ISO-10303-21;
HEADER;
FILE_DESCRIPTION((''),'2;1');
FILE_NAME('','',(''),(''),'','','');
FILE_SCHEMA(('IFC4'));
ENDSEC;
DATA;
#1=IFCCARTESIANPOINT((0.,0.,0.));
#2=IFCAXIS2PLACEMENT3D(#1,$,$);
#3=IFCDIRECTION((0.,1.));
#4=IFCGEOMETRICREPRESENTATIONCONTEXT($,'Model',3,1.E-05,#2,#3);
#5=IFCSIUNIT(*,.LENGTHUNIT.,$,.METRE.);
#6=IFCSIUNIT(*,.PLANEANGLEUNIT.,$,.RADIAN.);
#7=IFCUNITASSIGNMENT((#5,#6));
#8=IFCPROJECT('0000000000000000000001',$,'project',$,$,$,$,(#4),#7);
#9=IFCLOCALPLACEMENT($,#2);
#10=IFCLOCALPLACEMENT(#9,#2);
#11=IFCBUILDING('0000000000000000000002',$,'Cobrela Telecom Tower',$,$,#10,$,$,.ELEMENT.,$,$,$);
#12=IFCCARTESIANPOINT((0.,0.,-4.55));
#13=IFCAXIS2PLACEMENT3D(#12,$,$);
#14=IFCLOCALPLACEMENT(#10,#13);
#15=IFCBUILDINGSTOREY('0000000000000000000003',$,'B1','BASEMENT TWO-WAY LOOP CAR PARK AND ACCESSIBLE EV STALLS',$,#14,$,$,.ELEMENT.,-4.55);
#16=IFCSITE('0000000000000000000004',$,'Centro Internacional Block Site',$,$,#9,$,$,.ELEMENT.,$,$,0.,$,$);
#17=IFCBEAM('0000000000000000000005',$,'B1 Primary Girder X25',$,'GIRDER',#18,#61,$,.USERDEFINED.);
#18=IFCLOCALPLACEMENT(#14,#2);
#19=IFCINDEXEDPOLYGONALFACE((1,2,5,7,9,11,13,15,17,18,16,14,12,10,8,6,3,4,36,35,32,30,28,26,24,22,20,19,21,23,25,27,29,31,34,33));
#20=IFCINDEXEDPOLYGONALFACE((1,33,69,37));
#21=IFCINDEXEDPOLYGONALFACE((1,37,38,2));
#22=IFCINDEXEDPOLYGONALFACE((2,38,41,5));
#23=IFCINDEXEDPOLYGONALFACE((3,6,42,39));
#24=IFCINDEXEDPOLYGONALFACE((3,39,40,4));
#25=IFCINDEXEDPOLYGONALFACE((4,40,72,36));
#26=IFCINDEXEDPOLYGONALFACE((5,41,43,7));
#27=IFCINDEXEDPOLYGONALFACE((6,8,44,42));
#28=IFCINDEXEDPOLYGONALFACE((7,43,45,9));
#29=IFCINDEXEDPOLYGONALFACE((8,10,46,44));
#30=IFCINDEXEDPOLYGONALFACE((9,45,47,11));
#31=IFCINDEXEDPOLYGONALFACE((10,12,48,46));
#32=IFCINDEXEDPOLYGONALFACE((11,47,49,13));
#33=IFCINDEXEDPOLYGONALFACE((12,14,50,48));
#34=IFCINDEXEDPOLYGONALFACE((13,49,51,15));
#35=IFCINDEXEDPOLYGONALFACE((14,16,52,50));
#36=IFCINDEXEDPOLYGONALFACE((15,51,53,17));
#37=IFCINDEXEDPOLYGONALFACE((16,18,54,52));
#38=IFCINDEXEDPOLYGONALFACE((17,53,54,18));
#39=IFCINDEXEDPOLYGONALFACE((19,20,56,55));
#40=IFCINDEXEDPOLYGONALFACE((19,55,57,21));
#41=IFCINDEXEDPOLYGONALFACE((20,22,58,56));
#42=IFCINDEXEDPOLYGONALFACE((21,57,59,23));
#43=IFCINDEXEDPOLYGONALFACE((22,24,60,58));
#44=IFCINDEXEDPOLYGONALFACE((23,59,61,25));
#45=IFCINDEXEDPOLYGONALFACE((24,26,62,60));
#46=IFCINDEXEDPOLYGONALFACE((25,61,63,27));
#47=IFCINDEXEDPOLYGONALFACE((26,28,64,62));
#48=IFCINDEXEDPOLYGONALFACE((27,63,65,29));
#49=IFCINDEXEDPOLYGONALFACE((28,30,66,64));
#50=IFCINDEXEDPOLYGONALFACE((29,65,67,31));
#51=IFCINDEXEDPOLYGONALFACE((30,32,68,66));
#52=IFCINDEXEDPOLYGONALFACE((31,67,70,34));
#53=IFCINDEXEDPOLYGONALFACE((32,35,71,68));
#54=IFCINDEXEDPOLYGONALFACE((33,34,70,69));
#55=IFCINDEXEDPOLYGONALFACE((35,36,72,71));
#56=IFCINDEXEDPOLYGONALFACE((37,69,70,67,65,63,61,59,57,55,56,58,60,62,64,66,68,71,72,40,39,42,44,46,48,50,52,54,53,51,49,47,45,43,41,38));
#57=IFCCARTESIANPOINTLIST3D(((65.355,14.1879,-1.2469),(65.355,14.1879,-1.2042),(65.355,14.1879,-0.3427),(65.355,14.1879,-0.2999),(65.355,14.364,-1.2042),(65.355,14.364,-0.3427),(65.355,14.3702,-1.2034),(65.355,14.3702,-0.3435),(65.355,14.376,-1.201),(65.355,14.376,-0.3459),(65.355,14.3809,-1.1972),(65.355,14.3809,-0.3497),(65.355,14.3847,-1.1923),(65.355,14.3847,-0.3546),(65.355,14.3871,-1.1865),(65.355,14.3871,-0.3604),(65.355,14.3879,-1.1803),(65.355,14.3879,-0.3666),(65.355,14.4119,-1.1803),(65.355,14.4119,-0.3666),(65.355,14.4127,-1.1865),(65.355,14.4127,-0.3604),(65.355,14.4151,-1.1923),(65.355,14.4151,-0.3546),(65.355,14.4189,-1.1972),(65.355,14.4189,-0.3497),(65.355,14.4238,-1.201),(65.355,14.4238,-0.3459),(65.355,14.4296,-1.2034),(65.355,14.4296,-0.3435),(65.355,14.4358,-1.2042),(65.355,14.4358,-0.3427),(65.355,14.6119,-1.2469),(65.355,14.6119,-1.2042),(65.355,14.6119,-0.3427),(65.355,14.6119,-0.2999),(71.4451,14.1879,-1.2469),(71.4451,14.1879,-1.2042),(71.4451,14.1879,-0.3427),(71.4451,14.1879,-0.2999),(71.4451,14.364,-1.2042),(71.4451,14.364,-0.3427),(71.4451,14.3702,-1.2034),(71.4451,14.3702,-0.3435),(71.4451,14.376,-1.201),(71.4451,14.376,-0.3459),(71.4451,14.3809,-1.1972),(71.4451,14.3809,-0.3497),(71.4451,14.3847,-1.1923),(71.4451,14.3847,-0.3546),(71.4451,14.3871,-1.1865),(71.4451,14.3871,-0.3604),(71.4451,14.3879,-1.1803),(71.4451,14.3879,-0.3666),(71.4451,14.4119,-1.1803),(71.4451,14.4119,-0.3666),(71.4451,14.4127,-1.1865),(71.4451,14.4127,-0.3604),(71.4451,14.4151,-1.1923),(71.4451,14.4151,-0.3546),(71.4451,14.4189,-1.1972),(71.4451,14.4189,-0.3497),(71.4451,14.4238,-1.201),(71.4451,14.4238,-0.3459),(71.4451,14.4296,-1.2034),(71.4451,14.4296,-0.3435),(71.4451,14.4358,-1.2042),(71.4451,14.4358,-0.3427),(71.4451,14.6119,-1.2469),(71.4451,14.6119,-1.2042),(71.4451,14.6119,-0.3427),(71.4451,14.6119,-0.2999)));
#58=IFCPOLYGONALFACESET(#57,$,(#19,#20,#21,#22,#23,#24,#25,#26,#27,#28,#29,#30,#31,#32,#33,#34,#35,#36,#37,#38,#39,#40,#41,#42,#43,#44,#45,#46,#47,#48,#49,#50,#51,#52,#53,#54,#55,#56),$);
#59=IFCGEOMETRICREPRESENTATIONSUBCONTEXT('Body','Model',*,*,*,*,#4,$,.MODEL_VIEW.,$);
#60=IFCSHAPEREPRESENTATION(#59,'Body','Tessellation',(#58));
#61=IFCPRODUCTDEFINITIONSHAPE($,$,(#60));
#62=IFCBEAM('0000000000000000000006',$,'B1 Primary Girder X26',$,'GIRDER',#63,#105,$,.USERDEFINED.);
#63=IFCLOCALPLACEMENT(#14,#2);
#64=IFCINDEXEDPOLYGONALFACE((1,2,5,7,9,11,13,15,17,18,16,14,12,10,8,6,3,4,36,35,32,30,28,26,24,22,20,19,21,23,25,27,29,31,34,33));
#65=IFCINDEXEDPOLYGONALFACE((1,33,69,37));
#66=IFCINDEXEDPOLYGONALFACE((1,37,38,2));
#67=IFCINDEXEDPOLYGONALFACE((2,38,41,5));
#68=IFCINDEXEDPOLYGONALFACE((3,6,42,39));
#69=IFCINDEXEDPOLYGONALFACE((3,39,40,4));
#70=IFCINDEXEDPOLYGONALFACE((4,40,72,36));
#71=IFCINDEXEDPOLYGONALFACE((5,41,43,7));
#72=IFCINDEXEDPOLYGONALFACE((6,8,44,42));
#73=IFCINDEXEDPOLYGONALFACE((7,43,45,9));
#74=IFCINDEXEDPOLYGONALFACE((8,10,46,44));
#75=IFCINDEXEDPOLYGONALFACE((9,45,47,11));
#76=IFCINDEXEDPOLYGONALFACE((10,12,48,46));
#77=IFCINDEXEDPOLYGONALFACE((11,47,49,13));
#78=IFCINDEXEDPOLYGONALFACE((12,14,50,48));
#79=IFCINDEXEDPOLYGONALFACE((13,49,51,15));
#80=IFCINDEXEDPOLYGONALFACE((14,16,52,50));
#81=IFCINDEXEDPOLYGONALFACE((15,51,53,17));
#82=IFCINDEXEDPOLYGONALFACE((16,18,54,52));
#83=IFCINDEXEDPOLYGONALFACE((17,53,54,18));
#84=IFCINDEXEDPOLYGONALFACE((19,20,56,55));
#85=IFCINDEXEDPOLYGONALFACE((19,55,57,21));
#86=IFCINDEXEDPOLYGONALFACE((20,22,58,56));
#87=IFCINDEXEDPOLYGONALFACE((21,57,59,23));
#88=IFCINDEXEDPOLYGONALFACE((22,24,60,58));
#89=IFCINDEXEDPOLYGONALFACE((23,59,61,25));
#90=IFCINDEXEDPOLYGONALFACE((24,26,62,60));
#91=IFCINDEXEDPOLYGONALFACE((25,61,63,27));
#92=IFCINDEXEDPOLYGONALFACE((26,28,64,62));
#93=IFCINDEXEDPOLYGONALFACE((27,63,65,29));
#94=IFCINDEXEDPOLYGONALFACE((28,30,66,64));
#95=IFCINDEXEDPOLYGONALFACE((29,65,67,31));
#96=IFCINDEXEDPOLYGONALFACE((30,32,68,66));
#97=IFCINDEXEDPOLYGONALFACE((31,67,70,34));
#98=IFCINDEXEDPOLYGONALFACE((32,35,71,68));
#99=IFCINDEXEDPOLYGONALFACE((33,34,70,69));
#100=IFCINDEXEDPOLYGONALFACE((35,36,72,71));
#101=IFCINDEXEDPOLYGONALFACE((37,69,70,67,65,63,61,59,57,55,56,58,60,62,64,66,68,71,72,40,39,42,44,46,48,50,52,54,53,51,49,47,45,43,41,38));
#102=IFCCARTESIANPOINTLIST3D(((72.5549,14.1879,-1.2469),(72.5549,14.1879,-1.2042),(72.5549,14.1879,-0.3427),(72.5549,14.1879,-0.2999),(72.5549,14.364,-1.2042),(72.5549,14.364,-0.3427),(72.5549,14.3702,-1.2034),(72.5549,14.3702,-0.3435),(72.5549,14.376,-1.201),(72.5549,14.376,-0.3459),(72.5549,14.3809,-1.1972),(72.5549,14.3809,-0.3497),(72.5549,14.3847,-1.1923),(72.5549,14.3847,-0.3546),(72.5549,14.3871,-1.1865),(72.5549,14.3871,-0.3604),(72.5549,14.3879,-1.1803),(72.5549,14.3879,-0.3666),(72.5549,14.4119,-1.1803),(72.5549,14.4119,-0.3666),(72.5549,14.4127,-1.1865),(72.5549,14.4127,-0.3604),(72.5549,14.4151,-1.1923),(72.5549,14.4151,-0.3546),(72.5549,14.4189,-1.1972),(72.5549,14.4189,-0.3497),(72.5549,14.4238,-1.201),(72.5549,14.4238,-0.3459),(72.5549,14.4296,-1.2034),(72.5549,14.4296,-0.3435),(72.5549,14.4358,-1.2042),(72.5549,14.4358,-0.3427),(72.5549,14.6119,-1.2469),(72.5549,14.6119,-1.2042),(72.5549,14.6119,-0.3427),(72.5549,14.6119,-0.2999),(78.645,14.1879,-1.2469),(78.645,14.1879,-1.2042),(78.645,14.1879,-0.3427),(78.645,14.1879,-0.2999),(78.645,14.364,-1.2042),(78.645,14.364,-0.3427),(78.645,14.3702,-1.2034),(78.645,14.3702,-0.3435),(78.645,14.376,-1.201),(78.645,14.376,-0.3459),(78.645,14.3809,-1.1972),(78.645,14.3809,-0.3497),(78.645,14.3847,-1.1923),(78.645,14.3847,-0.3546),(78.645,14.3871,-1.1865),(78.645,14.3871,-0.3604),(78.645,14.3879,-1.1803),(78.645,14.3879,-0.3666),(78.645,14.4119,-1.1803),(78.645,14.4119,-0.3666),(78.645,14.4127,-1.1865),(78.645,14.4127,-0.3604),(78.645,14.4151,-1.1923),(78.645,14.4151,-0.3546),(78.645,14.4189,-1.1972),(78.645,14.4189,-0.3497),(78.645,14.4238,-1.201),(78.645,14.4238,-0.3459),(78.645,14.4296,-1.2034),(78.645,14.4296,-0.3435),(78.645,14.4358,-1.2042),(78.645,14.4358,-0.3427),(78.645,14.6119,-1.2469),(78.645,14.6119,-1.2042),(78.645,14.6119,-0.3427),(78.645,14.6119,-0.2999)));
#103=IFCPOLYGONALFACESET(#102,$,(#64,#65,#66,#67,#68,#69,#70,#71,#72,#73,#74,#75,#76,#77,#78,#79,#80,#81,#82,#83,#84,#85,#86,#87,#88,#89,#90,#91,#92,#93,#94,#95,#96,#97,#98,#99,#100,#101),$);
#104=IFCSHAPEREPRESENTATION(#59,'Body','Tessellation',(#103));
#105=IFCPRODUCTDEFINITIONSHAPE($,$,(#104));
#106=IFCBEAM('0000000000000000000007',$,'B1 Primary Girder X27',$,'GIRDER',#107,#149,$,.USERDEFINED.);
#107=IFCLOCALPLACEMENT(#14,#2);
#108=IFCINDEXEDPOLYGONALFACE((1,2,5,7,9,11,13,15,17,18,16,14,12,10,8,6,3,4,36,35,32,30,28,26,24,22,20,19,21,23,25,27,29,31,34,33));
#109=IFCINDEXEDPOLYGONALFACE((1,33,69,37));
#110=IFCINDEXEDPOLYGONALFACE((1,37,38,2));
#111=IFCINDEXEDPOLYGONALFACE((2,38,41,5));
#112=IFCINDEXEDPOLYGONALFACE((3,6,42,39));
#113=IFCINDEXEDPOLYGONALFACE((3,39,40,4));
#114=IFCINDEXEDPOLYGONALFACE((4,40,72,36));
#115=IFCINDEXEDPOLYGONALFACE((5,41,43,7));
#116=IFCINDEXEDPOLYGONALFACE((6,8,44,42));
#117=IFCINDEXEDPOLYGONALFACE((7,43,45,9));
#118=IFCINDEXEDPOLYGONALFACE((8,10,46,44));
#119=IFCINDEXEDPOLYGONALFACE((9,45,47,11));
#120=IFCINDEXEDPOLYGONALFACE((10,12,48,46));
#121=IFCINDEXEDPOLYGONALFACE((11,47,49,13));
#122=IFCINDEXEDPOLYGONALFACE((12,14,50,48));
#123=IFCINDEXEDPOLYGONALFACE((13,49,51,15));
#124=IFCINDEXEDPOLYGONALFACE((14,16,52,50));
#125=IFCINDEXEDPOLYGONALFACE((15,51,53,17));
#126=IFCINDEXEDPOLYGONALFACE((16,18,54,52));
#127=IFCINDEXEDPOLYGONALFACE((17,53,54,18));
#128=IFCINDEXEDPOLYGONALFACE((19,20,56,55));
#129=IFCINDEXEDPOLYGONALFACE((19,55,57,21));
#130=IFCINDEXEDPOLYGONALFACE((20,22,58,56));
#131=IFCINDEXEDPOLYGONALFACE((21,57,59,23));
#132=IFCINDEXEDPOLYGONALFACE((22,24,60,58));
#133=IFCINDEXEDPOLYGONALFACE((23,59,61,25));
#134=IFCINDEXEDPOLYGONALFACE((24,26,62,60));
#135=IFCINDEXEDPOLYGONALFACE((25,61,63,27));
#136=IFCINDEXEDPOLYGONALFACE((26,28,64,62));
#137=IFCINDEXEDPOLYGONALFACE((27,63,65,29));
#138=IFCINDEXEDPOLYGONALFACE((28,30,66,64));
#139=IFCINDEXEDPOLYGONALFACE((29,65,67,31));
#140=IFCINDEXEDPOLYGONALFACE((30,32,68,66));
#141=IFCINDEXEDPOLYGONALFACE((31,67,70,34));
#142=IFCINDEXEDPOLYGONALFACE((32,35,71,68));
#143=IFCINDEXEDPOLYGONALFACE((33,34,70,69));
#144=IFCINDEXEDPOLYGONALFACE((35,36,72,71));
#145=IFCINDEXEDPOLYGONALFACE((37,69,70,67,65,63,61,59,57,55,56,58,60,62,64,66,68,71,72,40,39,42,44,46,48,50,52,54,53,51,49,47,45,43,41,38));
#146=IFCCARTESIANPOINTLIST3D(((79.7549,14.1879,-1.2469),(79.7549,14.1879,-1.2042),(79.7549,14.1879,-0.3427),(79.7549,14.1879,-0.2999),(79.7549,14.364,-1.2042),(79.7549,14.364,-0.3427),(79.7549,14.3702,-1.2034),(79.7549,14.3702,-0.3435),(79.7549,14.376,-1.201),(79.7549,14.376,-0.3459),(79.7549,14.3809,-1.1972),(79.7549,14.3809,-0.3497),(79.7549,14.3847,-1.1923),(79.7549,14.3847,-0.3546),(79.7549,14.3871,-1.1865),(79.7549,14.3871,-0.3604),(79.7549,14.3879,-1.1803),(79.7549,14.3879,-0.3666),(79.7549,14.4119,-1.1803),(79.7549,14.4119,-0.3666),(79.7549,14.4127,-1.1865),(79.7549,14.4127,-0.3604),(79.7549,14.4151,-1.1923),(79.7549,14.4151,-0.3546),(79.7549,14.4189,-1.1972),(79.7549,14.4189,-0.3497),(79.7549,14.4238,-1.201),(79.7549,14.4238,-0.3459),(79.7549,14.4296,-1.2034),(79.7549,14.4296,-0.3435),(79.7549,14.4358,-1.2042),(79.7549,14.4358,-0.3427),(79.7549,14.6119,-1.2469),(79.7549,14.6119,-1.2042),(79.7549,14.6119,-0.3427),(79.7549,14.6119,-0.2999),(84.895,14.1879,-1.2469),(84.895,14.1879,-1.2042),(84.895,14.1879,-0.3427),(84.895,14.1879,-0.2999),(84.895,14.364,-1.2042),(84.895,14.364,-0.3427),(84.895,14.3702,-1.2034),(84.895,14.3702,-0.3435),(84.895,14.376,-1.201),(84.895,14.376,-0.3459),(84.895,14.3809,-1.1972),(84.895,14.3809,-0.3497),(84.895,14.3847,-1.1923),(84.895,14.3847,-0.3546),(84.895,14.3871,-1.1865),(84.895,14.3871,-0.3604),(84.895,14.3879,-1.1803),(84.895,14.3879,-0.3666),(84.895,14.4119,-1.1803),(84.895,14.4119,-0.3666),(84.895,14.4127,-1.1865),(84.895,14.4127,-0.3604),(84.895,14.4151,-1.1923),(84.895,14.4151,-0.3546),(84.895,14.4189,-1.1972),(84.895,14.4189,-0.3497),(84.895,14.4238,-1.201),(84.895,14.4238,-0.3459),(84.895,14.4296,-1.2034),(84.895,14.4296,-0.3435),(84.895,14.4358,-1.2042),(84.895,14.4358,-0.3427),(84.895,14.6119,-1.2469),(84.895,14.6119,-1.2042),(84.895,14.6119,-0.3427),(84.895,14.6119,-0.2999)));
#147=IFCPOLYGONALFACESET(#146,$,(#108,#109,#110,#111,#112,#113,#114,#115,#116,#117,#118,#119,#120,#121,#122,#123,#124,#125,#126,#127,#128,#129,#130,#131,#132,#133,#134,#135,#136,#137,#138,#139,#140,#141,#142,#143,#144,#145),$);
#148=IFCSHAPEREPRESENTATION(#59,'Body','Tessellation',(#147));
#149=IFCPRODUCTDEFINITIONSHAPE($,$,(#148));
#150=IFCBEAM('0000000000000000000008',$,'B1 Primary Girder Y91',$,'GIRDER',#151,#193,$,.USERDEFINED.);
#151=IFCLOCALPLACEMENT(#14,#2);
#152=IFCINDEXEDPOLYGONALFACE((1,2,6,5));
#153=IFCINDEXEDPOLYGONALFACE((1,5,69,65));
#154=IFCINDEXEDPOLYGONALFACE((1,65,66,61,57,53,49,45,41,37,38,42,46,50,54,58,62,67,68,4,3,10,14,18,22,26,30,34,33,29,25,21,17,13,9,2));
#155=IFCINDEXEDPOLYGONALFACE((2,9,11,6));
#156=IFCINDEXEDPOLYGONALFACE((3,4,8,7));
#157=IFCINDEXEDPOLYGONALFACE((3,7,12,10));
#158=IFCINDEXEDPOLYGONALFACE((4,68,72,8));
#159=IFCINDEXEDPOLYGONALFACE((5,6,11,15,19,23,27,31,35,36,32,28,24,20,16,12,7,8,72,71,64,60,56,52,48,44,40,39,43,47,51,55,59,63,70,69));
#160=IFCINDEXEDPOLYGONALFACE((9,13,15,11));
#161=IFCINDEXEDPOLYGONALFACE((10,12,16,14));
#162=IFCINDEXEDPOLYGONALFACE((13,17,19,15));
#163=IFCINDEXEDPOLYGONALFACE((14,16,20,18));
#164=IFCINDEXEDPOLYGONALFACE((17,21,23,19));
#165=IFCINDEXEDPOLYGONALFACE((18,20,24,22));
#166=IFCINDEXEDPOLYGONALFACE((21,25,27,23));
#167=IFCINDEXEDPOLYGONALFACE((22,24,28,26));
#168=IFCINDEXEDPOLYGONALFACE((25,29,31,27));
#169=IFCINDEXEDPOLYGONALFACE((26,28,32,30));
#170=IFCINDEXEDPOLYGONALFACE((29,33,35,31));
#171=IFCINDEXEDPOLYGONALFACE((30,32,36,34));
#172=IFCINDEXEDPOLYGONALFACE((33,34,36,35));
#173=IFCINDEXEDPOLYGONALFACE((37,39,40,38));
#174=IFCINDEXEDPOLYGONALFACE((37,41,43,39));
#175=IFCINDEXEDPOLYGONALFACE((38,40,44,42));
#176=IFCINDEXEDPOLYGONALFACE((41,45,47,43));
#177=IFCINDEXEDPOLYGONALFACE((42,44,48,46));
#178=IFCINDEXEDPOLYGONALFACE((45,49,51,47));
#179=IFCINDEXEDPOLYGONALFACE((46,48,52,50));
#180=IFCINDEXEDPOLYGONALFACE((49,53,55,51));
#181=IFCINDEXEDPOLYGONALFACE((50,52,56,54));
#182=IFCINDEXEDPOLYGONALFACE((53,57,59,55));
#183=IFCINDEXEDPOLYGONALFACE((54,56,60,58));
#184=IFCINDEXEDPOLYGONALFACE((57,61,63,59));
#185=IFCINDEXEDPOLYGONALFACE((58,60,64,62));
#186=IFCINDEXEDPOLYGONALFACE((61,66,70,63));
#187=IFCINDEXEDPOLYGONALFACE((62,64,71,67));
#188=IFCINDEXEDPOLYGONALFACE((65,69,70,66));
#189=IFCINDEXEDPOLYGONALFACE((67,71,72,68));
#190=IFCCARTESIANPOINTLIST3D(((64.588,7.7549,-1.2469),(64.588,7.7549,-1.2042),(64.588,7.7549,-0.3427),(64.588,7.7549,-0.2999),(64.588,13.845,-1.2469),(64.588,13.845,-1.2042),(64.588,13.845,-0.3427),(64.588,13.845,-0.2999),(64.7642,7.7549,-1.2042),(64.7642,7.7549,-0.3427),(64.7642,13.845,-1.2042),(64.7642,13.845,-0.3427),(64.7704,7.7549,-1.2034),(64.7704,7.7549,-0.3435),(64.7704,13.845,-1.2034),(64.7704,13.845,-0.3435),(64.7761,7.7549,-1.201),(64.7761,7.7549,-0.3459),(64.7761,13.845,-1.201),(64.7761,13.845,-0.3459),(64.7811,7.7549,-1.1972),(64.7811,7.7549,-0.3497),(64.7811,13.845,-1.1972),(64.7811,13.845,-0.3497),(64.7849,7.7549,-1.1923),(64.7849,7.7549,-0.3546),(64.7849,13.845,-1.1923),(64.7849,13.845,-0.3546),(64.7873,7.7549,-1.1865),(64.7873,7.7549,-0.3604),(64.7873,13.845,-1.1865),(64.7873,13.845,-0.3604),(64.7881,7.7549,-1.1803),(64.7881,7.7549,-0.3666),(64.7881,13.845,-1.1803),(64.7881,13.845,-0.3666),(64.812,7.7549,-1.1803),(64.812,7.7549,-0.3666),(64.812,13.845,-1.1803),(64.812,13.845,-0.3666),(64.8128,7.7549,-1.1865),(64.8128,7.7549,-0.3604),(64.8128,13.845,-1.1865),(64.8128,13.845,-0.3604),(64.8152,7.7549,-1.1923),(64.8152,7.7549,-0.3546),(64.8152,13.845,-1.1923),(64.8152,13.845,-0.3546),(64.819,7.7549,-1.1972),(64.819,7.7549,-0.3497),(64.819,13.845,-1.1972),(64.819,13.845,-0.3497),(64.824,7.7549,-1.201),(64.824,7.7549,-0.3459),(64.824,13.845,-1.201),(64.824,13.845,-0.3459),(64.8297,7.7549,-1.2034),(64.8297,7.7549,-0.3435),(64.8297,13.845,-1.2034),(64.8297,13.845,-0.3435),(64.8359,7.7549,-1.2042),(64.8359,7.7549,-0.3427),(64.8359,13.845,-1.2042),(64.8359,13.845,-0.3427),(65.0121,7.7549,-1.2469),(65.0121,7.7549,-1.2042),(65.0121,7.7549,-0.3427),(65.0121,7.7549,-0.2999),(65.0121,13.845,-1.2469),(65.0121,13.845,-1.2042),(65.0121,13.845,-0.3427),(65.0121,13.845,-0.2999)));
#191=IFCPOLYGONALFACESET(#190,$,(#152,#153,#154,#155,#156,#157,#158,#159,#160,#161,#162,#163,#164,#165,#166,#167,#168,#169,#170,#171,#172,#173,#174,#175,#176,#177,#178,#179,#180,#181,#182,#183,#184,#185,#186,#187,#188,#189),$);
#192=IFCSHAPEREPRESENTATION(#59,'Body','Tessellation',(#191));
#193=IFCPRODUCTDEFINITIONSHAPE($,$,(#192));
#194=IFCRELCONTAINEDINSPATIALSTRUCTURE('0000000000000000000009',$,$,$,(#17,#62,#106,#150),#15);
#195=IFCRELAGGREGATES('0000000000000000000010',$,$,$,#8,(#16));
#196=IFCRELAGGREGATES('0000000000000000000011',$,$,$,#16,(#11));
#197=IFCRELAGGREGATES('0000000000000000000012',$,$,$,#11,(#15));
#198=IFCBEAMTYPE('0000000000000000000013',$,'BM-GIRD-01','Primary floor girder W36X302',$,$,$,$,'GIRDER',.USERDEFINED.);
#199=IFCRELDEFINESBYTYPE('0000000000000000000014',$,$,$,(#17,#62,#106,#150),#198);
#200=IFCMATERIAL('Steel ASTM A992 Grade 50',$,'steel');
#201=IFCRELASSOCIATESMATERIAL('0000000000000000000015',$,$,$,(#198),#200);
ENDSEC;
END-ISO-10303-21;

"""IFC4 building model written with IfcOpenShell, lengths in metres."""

from ifc_helpers import new_model, si_unit, direction, frame, origin, origin_2d, place, context, subcontext, project, spatial, i_section, extrude, material, material_profile, profile_set, type_object, element, save


model = new_model("IFC4")

# Units and contexts
model_context = context("Model", 3, precision=1e-05, world=origin(), true_north=direction((0.0, 1.0)))
body_context = subcontext(model_context, "Body", "Model", "MODEL_VIEW")
ifc_project = project(units=[si_unit("LENGTHUNIT", "METRE"), si_unit("PLANEANGLEUNIT", "RADIAN")], contexts=[model_context])

# Site, building, storey
site_placement = place(None, origin())
site = spatial("IfcSite", under=ifc_project, at=site_placement, Name="Centro Internacional Block Site", CompositionType="ELEMENT", RefElevation=0.0)
building_placement = place(site_placement, origin())
building = spatial("IfcBuilding", under=site, at=building_placement, Name="Cobrela Telecom Tower", CompositionType="ELEMENT")
storey_placement = place(building_placement, frame((0.0, 0.0, -4.55)))
storey = spatial("IfcBuildingStorey", under=building, at=storey_placement, Name="B1", Description="BASEMENT TWO-WAY LOOP CAR PARK AND ACCESSIBLE EV STALLS", CompositionType="ELEMENT", Elevation=-4.55)

# Beams
ifc_material_1 = material(Name="Steel ASTM A992 Grade 50", Category="steel")
ifc_material_profile_1 = material_profile(ifc_material_1, i_section(OverallWidth=0.4241, OverallDepth=0.947, WebThickness=0.0239, FlangeThickness=0.0427, FilletRadius=0.0239, at=origin_2d()), Name="W36X302")
ifc_profile_set_1 = profile_set([ifc_material_profile_1], Name="Steel ASTM A992 Grade 50")
beam_type_1 = type_object("IfcBeamType", Name="BM-GIRD-01", Description="Primary floor girder W36X302", ElementType="GIRDER", PredefinedType="USERDEFINED", material=ifc_profile_set_1)
for number, where, z_axis, x_axis, name in (
    (1, (65.355, 14.3999, -0.7734), (1.0, 0.0, 0.0), (0.0, 1.0, 0.0), "B1 Primary Girder X25"),
    (2, (72.5549, 14.3999, -0.7734), (1.0, 0.0, 0.0), (0.0, 1.0, 0.0), "B1 Primary Girder X26"),
):
    element("IfcBeam", number, at=place(storey_placement, frame(where, z_axis=z_axis, x_axis=x_axis)), inside=storey, type_object=beam_type_1, Name=name, ObjectType="GIRDER", PredefinedType="USERDEFINED", context=body_context, shape_type="SweptSolid", body=[
        extrude(i_section(OverallWidth=0.4241, OverallDepth=0.947, WebThickness=0.0239, FlangeThickness=0.0427, FilletRadius=0.0239, at=origin_2d()), origin(), (0.0, 0.0, 1.0), 6.0901),
    ])
beam_1_placement = place(storey_placement, frame((79.7549, 14.3999, -0.7734), z_axis=(1.0, 0.0, 0.0), x_axis=(0.0, 1.0, 0.0)))
element("IfcBeam", 3, at=beam_1_placement, inside=storey, type_object=beam_type_1, Name="B1 Primary Girder X27", ObjectType="GIRDER", PredefinedType="USERDEFINED", context=body_context, shape_type="SweptSolid", body=[
    extrude(i_section(OverallWidth=0.4241, OverallDepth=0.947, WebThickness=0.0239, FlangeThickness=0.0427, FilletRadius=0.0239, at=origin_2d()), origin(), (0.0, 0.0, 1.0), 5.1401),
])
for number, where, z_axis, x_axis, name in (
    (4, (64.8, 7.7549, -0.7734), (0.0, 1.0, 0.0), (-1.0, 0.0, 0.0), "B1 Primary Girder Y91"),
):
    element("IfcBeam", number, at=place(storey_placement, frame(where, z_axis=z_axis, x_axis=x_axis)), inside=storey, type_object=beam_type_1, Name=name, ObjectType="GIRDER", PredefinedType="USERDEFINED", context=body_context, shape_type="SweptSolid", body=[
        extrude(i_section(OverallWidth=0.4241, OverallDepth=0.947, WebThickness=0.0239, FlangeThickness=0.0427, FilletRadius=0.0239, at=origin_2d()), origin(), (0.0, 0.0, 1.0), 6.0901),
    ])

save(model, "model.ifc")
